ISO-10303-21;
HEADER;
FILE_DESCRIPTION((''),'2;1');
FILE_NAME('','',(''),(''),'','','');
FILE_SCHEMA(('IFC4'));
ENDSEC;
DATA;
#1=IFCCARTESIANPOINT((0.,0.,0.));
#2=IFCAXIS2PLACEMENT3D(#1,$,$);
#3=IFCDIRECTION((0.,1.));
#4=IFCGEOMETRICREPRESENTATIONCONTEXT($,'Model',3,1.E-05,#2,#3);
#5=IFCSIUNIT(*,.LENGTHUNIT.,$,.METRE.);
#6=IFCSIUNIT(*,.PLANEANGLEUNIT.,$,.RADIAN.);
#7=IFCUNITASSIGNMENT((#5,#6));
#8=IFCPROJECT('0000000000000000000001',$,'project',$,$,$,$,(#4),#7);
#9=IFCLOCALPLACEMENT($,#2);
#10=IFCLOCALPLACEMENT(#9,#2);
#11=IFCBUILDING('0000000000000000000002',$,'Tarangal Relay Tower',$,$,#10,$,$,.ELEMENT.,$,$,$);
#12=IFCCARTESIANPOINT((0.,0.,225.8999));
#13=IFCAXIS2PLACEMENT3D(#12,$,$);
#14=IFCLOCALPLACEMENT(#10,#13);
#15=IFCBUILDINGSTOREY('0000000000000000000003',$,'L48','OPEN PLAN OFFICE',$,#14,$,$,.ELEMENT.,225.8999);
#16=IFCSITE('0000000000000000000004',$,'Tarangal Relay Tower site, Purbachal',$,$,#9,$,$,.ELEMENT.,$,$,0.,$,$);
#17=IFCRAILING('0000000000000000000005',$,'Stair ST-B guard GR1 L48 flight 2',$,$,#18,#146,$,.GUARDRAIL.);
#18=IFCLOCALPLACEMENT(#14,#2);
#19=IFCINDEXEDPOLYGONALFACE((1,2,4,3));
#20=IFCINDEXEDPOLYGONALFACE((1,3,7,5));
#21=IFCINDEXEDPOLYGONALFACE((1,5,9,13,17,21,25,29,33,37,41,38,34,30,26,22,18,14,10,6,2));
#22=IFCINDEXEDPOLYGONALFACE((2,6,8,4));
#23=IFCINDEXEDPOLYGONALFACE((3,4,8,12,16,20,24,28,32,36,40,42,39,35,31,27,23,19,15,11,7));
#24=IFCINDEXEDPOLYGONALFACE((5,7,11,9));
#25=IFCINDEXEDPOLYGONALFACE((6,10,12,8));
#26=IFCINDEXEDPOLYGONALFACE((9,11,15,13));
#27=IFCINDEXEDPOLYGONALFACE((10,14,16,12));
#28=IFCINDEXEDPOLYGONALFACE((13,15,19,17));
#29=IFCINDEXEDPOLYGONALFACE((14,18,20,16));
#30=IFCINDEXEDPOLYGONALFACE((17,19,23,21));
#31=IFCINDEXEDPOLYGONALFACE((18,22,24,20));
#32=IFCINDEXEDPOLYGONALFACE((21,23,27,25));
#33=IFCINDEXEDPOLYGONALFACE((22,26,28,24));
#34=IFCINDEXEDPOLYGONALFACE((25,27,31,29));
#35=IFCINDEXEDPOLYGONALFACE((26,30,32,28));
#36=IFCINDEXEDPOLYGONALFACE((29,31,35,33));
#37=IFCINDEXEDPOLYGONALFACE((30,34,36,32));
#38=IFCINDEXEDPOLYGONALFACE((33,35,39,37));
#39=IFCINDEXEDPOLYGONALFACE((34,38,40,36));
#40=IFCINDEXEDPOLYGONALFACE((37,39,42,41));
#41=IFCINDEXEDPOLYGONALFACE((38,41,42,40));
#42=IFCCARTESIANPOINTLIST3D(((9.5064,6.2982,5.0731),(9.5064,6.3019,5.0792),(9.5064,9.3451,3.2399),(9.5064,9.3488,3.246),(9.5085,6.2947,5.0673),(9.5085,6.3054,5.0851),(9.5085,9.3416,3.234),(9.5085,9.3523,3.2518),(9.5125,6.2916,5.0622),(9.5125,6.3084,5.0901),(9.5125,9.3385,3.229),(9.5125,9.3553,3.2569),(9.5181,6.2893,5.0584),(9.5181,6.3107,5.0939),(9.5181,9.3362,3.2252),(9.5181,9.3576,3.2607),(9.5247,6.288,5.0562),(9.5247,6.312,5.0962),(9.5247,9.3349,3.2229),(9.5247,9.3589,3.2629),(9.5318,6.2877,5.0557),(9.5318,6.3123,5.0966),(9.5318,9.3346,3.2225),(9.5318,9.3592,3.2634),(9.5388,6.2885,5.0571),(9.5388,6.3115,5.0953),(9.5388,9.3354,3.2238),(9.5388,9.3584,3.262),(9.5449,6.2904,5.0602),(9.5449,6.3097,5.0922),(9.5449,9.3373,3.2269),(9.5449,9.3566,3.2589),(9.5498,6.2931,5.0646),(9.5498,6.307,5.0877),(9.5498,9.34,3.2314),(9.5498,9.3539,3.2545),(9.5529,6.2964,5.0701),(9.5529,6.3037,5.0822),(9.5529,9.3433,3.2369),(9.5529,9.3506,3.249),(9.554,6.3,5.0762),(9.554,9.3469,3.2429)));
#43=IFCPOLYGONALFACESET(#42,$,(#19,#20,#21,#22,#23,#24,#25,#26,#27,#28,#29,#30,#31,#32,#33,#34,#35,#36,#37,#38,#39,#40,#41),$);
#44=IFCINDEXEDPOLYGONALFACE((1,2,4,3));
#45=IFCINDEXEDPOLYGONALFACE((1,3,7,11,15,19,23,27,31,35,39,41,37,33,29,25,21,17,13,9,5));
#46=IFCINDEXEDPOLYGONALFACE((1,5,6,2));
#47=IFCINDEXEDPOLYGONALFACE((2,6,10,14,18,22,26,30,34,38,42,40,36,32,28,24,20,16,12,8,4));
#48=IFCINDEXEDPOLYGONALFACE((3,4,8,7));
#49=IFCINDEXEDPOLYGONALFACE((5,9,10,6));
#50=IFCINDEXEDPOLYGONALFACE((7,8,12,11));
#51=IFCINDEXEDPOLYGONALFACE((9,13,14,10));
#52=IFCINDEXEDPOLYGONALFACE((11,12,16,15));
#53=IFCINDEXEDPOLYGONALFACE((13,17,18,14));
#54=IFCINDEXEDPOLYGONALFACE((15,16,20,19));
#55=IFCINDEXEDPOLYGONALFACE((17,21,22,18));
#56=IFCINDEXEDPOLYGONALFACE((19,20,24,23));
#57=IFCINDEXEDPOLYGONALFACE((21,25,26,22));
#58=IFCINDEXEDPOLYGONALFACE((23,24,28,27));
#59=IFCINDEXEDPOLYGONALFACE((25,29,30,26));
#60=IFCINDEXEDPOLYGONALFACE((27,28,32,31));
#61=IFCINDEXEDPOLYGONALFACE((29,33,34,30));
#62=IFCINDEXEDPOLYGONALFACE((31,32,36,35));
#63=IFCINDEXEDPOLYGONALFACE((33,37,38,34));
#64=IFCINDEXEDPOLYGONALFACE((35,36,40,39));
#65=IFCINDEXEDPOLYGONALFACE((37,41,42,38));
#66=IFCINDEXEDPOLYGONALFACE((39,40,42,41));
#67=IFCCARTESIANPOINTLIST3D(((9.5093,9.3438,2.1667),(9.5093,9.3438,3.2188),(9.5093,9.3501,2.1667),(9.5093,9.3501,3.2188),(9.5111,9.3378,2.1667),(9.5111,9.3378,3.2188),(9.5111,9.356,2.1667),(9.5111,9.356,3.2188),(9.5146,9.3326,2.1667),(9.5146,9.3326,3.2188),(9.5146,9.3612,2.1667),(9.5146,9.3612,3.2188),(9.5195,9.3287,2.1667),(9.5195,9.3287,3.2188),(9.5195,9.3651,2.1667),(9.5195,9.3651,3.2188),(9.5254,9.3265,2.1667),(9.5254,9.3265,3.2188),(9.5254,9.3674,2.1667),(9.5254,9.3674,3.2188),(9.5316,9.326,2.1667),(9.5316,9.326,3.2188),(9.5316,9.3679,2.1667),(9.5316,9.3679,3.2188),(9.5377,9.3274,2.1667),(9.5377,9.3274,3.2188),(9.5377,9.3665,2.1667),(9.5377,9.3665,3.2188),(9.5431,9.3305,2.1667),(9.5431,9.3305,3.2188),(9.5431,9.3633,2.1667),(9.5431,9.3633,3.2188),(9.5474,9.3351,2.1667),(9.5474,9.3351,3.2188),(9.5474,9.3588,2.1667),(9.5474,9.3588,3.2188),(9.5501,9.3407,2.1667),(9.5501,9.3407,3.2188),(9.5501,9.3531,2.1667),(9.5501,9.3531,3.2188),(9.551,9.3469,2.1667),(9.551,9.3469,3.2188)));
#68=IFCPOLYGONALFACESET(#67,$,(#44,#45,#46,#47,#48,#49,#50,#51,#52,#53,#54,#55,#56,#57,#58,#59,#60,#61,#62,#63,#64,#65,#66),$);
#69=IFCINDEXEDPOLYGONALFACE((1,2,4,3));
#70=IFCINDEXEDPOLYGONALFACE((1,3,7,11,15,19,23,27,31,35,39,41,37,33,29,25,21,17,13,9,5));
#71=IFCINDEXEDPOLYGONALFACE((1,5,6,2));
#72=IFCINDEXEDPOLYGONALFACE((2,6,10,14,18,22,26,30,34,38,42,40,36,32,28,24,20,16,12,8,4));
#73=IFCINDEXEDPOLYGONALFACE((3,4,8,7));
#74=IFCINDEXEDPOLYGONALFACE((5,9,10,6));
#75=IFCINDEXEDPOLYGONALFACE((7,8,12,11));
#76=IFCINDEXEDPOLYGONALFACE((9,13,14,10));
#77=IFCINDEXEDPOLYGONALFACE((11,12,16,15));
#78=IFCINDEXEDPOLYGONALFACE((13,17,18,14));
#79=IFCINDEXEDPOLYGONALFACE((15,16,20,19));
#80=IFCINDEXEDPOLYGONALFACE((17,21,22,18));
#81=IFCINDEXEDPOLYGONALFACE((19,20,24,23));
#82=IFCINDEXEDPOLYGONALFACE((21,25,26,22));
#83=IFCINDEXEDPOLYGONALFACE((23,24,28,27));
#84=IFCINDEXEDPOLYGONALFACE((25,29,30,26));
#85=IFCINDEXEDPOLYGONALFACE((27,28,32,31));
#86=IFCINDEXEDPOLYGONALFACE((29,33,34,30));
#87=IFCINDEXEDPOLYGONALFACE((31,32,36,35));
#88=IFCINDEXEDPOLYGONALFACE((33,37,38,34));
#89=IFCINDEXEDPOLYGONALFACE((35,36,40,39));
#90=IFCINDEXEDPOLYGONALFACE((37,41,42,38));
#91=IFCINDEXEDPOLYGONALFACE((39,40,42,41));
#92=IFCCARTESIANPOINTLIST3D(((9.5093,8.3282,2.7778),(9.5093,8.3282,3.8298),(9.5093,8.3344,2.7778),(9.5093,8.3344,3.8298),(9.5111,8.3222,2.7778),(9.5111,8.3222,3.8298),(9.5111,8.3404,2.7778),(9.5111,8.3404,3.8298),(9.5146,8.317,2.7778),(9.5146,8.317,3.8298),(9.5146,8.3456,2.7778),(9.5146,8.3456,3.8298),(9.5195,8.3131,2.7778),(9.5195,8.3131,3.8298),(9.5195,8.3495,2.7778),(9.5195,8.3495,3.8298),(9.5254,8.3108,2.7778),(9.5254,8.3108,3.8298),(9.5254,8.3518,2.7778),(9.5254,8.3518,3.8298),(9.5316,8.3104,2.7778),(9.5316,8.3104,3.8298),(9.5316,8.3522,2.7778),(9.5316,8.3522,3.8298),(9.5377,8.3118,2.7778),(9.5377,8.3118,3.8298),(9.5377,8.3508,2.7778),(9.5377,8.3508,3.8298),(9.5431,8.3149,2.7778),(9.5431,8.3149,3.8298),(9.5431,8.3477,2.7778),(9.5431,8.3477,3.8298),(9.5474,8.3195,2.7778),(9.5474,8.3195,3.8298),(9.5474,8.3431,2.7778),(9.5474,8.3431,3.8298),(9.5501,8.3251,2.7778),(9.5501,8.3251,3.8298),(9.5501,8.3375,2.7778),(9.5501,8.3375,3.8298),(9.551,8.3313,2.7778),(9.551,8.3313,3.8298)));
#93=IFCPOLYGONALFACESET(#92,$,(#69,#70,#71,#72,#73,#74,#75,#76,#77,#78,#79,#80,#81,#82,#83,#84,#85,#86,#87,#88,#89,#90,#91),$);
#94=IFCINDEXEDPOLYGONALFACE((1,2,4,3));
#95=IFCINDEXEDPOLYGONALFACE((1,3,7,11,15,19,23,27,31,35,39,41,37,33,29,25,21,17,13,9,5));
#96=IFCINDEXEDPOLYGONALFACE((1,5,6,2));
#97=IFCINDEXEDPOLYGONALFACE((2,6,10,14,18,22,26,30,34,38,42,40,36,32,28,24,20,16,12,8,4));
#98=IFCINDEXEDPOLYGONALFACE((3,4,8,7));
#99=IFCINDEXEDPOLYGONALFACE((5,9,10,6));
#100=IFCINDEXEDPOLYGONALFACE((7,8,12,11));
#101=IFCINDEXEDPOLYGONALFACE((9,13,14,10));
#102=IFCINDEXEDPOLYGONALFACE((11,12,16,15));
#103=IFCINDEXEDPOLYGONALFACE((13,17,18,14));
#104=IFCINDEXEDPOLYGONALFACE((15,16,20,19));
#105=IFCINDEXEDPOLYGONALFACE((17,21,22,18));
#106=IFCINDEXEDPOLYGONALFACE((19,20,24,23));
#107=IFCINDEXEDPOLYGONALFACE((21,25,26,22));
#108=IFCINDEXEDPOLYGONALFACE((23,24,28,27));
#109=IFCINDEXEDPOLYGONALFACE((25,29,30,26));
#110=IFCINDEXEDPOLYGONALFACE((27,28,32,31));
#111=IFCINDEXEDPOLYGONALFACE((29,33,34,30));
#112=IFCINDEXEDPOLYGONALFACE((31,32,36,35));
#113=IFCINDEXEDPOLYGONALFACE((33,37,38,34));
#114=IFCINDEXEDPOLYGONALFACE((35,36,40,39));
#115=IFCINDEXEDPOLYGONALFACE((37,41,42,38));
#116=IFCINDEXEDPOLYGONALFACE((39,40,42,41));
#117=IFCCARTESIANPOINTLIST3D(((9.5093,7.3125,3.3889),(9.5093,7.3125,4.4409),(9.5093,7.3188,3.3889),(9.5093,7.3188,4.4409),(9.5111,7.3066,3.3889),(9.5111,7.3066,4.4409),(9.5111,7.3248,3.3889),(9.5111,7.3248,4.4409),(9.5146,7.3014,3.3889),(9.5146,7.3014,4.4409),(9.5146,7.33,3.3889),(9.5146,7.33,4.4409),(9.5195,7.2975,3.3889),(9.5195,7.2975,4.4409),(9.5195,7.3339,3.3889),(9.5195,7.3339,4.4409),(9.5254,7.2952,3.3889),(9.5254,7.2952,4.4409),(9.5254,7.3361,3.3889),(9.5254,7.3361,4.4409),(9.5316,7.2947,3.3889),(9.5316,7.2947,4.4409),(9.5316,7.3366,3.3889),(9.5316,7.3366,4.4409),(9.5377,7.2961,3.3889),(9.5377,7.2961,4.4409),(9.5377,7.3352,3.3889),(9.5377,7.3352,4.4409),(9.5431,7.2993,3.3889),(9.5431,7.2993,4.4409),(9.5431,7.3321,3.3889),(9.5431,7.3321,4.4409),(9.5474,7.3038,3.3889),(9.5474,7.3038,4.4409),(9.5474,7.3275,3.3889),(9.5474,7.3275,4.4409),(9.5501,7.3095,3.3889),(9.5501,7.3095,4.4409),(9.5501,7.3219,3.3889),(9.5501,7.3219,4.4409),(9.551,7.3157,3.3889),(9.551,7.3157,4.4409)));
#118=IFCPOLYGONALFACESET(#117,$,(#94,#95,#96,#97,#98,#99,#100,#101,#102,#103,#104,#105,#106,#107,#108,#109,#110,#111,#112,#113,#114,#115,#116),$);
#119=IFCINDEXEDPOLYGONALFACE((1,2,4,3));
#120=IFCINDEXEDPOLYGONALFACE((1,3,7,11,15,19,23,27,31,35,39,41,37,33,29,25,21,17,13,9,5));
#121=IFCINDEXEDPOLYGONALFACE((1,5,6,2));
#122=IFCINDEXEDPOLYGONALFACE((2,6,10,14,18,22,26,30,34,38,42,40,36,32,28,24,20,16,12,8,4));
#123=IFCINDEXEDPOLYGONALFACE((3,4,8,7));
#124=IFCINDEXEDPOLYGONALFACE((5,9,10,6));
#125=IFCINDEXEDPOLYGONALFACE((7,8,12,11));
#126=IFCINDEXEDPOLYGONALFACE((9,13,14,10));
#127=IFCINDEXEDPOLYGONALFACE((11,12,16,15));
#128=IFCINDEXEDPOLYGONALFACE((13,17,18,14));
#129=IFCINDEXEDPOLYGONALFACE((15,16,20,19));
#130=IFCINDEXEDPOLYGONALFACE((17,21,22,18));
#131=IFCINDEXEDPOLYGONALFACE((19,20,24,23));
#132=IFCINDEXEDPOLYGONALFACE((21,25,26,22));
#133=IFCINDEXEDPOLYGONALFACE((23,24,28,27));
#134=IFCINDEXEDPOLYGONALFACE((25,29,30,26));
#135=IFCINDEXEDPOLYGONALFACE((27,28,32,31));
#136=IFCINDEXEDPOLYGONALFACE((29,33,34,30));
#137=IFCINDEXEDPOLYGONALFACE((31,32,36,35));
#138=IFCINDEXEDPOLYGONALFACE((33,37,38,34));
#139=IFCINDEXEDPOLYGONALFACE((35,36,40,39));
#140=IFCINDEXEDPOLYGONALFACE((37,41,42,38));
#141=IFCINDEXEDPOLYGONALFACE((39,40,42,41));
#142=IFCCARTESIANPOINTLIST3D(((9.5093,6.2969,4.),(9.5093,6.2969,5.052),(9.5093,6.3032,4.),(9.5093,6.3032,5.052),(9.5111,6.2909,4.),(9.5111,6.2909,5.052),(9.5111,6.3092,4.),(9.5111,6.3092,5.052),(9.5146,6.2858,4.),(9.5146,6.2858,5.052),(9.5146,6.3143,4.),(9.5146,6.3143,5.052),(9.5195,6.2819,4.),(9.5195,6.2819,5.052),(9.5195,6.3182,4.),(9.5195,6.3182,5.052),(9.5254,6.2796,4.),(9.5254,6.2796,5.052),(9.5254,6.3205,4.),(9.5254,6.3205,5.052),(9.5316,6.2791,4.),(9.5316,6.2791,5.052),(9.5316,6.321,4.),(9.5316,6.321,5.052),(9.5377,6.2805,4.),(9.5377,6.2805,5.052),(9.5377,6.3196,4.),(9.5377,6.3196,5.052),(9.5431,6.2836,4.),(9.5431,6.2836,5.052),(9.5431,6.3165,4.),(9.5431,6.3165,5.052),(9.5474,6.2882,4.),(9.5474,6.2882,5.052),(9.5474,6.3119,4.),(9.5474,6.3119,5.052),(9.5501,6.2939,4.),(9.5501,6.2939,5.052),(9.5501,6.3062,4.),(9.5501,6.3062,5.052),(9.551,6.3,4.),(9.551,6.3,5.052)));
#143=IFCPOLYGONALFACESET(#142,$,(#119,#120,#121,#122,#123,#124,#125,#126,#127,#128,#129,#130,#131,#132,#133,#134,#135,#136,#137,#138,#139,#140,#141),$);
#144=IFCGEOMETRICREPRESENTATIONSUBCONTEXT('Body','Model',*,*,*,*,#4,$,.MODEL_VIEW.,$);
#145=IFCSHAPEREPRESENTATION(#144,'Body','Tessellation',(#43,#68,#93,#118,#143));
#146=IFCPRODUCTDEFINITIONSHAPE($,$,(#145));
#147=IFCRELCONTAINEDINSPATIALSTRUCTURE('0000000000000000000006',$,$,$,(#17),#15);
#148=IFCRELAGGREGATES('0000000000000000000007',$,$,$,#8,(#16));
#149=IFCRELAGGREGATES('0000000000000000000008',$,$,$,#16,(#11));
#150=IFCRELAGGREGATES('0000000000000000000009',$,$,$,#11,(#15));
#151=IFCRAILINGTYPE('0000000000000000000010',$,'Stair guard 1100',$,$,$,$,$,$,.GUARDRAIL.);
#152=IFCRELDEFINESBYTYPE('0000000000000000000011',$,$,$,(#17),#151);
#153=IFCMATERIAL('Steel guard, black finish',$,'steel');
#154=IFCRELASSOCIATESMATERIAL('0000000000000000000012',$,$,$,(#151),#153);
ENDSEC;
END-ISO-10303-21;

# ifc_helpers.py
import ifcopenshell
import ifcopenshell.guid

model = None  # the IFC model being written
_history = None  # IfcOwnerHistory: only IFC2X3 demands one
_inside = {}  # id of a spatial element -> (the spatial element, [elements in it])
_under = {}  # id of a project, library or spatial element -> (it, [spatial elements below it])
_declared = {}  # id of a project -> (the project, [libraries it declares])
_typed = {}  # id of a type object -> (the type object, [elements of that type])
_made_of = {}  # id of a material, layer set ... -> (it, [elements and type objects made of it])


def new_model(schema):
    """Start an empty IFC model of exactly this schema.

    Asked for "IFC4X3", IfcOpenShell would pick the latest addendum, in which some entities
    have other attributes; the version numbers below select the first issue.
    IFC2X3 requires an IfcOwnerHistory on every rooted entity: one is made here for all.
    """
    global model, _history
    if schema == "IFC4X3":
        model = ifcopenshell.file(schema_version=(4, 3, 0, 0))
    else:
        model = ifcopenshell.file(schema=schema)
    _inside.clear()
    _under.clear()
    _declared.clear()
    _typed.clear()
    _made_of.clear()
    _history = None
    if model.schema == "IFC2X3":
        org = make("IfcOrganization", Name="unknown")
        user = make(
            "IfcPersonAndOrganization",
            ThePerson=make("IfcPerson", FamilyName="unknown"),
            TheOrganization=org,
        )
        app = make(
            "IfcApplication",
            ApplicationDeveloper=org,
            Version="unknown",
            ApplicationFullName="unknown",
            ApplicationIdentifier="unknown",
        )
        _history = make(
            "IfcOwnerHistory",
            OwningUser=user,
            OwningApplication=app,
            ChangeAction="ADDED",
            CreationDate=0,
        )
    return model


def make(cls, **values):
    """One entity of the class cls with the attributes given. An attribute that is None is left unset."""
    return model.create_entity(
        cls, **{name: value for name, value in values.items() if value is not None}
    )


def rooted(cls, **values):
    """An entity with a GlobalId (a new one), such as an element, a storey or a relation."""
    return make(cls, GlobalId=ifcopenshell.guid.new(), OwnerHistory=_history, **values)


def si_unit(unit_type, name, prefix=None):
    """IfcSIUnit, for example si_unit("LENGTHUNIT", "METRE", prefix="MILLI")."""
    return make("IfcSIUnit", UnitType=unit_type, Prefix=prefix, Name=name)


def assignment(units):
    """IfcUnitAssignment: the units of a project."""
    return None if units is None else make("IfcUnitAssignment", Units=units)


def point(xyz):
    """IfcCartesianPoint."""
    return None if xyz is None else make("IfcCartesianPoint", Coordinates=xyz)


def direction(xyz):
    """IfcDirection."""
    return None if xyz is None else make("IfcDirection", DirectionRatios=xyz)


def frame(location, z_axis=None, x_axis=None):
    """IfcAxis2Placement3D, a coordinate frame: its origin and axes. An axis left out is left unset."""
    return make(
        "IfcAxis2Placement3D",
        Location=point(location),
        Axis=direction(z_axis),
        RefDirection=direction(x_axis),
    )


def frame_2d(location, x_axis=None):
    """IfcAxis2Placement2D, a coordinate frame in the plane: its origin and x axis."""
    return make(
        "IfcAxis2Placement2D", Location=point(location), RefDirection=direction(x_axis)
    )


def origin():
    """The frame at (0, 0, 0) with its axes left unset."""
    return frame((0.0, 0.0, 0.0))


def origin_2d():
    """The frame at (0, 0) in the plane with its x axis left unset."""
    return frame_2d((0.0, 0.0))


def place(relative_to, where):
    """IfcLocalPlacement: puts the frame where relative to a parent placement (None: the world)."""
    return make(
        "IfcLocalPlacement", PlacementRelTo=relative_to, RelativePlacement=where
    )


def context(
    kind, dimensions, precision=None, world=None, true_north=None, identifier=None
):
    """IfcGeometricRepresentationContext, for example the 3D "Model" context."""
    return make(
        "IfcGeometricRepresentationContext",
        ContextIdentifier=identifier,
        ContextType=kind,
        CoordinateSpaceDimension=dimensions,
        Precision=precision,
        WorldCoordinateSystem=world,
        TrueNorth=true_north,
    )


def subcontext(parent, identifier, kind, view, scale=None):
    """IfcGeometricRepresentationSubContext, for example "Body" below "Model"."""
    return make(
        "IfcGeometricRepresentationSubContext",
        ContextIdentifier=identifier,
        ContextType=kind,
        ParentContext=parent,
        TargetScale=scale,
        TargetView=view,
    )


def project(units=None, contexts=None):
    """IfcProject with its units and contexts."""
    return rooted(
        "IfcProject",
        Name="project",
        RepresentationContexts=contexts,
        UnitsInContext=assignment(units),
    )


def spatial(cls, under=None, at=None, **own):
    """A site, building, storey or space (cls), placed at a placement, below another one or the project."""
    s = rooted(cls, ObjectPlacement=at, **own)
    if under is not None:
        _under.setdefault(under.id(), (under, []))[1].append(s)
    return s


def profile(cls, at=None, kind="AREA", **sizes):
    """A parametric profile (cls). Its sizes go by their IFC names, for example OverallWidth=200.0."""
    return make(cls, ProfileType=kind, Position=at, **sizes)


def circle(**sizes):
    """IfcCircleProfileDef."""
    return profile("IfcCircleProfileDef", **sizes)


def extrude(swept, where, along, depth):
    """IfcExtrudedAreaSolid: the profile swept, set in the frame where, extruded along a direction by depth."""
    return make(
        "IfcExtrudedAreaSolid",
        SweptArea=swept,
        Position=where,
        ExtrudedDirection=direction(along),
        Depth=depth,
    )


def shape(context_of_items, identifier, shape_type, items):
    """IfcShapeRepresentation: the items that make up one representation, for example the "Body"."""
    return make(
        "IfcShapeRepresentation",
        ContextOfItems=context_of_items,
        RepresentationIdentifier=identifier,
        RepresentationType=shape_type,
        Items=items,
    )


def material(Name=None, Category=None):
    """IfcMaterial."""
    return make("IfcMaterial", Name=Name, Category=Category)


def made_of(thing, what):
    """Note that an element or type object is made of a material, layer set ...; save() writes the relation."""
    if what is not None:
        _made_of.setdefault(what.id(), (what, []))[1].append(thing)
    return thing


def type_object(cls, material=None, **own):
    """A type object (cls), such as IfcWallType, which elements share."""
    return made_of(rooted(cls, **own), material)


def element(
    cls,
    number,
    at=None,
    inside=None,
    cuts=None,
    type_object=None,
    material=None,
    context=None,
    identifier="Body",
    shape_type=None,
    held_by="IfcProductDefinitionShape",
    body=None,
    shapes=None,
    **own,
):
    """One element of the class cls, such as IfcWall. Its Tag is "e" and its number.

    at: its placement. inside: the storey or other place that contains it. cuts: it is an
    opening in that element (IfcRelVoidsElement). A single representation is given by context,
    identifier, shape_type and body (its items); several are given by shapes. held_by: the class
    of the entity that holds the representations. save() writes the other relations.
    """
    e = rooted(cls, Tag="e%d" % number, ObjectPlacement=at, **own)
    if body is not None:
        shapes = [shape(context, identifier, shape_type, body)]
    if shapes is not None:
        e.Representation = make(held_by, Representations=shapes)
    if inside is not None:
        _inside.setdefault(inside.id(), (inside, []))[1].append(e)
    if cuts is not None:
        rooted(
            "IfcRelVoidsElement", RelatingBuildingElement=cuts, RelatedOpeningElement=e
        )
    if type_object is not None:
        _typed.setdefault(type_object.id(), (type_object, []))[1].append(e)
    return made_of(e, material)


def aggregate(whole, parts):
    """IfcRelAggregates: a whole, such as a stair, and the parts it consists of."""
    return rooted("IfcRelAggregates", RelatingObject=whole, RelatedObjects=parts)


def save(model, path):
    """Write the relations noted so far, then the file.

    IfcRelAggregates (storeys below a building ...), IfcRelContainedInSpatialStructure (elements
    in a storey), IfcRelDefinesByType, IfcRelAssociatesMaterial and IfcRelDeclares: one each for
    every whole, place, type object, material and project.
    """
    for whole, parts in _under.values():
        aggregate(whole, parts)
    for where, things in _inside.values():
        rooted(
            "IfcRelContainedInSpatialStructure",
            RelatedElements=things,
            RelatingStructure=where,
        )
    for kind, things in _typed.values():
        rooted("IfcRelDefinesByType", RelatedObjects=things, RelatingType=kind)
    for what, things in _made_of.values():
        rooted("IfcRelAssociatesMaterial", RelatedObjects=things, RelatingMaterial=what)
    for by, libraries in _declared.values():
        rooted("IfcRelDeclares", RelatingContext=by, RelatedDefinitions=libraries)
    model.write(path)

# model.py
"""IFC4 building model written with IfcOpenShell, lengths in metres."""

from ifc_helpers import new_model, si_unit, direction, frame, origin, origin_2d, place, context, subcontext, project, spatial, circle, extrude, material, type_object, element, save


model = new_model("IFC4")

# Units and contexts
model_context = context("Model", 3, precision=1e-05, world=origin(), true_north=direction((0.0, 1.0)))
body_context = subcontext(model_context, "Body", "Model", "MODEL_VIEW")
ifc_project = project(units=[si_unit("LENGTHUNIT", "METRE"), si_unit("PLANEANGLEUNIT", "RADIAN")], contexts=[model_context])

# Site, building, storey
site_placement = place(None, origin())
site = spatial("IfcSite", under=ifc_project, at=site_placement, Name="Tarangal Relay Tower site, Purbachal", CompositionType="ELEMENT", RefElevation=0.0)
building_placement = place(site_placement, origin())
building = spatial("IfcBuilding", under=site, at=building_placement, Name="Tarangal Relay Tower", CompositionType="ELEMENT")
storey_placement = place(building_placement, frame((0.0, 0.0, 225.8999)))
storey = spatial("IfcBuildingStorey", under=building, at=storey_placement, Name="L48", Description="OPEN PLAN OFFICE", CompositionType="ELEMENT", Elevation=225.8999)

# Railing
ifc_material_1 = material(Name="Steel guard, black finish", Category="steel")
railing_type_1 = type_object("IfcRailingType", Name="Stair guard 1100", PredefinedType="GUARDRAIL", material=ifc_material_1)
railing_1_placement = place(storey_placement, frame((9.53, 9.3469, 2.1667)))
element("IfcRailing", 1, at=railing_1_placement, inside=storey, type_object=railing_type_1, Name="Stair ST-B guard GR1 L48 flight 2", PredefinedType="GUARDRAIL", context=body_context, shape_type="SweptSolid", body=[
    extrude(circle(Radius=0.0239, at=origin_2d()), frame((0.0, 0.0, 1.0762), z_axis=(0.0, -0.856856, 0.515556), x_axis=(1.0, 0.0, 0.0)), (0.0, 0.0, 1.0), 3.5559),
    extrude(circle(Radius=0.021, at=origin_2d()), origin(), (0.0, 0.0, 1.0), 1.052),
    extrude(circle(Radius=0.021, at=origin_2d()), frame((0.0, -1.0156, 0.6111)), (0.0, 0.0, 1.0), 1.052),
    extrude(circle(Radius=0.021, at=origin_2d()), frame((0.0, -2.0312, 1.2222)), (0.0, 0.0, 1.0), 1.052),
    extrude(circle(Radius=0.021, at=origin_2d()), frame((0.0, -3.0469, 1.8333)), (0.0, 0.0, 1.0), 1.052),
])

save(model, "model.ifc")
